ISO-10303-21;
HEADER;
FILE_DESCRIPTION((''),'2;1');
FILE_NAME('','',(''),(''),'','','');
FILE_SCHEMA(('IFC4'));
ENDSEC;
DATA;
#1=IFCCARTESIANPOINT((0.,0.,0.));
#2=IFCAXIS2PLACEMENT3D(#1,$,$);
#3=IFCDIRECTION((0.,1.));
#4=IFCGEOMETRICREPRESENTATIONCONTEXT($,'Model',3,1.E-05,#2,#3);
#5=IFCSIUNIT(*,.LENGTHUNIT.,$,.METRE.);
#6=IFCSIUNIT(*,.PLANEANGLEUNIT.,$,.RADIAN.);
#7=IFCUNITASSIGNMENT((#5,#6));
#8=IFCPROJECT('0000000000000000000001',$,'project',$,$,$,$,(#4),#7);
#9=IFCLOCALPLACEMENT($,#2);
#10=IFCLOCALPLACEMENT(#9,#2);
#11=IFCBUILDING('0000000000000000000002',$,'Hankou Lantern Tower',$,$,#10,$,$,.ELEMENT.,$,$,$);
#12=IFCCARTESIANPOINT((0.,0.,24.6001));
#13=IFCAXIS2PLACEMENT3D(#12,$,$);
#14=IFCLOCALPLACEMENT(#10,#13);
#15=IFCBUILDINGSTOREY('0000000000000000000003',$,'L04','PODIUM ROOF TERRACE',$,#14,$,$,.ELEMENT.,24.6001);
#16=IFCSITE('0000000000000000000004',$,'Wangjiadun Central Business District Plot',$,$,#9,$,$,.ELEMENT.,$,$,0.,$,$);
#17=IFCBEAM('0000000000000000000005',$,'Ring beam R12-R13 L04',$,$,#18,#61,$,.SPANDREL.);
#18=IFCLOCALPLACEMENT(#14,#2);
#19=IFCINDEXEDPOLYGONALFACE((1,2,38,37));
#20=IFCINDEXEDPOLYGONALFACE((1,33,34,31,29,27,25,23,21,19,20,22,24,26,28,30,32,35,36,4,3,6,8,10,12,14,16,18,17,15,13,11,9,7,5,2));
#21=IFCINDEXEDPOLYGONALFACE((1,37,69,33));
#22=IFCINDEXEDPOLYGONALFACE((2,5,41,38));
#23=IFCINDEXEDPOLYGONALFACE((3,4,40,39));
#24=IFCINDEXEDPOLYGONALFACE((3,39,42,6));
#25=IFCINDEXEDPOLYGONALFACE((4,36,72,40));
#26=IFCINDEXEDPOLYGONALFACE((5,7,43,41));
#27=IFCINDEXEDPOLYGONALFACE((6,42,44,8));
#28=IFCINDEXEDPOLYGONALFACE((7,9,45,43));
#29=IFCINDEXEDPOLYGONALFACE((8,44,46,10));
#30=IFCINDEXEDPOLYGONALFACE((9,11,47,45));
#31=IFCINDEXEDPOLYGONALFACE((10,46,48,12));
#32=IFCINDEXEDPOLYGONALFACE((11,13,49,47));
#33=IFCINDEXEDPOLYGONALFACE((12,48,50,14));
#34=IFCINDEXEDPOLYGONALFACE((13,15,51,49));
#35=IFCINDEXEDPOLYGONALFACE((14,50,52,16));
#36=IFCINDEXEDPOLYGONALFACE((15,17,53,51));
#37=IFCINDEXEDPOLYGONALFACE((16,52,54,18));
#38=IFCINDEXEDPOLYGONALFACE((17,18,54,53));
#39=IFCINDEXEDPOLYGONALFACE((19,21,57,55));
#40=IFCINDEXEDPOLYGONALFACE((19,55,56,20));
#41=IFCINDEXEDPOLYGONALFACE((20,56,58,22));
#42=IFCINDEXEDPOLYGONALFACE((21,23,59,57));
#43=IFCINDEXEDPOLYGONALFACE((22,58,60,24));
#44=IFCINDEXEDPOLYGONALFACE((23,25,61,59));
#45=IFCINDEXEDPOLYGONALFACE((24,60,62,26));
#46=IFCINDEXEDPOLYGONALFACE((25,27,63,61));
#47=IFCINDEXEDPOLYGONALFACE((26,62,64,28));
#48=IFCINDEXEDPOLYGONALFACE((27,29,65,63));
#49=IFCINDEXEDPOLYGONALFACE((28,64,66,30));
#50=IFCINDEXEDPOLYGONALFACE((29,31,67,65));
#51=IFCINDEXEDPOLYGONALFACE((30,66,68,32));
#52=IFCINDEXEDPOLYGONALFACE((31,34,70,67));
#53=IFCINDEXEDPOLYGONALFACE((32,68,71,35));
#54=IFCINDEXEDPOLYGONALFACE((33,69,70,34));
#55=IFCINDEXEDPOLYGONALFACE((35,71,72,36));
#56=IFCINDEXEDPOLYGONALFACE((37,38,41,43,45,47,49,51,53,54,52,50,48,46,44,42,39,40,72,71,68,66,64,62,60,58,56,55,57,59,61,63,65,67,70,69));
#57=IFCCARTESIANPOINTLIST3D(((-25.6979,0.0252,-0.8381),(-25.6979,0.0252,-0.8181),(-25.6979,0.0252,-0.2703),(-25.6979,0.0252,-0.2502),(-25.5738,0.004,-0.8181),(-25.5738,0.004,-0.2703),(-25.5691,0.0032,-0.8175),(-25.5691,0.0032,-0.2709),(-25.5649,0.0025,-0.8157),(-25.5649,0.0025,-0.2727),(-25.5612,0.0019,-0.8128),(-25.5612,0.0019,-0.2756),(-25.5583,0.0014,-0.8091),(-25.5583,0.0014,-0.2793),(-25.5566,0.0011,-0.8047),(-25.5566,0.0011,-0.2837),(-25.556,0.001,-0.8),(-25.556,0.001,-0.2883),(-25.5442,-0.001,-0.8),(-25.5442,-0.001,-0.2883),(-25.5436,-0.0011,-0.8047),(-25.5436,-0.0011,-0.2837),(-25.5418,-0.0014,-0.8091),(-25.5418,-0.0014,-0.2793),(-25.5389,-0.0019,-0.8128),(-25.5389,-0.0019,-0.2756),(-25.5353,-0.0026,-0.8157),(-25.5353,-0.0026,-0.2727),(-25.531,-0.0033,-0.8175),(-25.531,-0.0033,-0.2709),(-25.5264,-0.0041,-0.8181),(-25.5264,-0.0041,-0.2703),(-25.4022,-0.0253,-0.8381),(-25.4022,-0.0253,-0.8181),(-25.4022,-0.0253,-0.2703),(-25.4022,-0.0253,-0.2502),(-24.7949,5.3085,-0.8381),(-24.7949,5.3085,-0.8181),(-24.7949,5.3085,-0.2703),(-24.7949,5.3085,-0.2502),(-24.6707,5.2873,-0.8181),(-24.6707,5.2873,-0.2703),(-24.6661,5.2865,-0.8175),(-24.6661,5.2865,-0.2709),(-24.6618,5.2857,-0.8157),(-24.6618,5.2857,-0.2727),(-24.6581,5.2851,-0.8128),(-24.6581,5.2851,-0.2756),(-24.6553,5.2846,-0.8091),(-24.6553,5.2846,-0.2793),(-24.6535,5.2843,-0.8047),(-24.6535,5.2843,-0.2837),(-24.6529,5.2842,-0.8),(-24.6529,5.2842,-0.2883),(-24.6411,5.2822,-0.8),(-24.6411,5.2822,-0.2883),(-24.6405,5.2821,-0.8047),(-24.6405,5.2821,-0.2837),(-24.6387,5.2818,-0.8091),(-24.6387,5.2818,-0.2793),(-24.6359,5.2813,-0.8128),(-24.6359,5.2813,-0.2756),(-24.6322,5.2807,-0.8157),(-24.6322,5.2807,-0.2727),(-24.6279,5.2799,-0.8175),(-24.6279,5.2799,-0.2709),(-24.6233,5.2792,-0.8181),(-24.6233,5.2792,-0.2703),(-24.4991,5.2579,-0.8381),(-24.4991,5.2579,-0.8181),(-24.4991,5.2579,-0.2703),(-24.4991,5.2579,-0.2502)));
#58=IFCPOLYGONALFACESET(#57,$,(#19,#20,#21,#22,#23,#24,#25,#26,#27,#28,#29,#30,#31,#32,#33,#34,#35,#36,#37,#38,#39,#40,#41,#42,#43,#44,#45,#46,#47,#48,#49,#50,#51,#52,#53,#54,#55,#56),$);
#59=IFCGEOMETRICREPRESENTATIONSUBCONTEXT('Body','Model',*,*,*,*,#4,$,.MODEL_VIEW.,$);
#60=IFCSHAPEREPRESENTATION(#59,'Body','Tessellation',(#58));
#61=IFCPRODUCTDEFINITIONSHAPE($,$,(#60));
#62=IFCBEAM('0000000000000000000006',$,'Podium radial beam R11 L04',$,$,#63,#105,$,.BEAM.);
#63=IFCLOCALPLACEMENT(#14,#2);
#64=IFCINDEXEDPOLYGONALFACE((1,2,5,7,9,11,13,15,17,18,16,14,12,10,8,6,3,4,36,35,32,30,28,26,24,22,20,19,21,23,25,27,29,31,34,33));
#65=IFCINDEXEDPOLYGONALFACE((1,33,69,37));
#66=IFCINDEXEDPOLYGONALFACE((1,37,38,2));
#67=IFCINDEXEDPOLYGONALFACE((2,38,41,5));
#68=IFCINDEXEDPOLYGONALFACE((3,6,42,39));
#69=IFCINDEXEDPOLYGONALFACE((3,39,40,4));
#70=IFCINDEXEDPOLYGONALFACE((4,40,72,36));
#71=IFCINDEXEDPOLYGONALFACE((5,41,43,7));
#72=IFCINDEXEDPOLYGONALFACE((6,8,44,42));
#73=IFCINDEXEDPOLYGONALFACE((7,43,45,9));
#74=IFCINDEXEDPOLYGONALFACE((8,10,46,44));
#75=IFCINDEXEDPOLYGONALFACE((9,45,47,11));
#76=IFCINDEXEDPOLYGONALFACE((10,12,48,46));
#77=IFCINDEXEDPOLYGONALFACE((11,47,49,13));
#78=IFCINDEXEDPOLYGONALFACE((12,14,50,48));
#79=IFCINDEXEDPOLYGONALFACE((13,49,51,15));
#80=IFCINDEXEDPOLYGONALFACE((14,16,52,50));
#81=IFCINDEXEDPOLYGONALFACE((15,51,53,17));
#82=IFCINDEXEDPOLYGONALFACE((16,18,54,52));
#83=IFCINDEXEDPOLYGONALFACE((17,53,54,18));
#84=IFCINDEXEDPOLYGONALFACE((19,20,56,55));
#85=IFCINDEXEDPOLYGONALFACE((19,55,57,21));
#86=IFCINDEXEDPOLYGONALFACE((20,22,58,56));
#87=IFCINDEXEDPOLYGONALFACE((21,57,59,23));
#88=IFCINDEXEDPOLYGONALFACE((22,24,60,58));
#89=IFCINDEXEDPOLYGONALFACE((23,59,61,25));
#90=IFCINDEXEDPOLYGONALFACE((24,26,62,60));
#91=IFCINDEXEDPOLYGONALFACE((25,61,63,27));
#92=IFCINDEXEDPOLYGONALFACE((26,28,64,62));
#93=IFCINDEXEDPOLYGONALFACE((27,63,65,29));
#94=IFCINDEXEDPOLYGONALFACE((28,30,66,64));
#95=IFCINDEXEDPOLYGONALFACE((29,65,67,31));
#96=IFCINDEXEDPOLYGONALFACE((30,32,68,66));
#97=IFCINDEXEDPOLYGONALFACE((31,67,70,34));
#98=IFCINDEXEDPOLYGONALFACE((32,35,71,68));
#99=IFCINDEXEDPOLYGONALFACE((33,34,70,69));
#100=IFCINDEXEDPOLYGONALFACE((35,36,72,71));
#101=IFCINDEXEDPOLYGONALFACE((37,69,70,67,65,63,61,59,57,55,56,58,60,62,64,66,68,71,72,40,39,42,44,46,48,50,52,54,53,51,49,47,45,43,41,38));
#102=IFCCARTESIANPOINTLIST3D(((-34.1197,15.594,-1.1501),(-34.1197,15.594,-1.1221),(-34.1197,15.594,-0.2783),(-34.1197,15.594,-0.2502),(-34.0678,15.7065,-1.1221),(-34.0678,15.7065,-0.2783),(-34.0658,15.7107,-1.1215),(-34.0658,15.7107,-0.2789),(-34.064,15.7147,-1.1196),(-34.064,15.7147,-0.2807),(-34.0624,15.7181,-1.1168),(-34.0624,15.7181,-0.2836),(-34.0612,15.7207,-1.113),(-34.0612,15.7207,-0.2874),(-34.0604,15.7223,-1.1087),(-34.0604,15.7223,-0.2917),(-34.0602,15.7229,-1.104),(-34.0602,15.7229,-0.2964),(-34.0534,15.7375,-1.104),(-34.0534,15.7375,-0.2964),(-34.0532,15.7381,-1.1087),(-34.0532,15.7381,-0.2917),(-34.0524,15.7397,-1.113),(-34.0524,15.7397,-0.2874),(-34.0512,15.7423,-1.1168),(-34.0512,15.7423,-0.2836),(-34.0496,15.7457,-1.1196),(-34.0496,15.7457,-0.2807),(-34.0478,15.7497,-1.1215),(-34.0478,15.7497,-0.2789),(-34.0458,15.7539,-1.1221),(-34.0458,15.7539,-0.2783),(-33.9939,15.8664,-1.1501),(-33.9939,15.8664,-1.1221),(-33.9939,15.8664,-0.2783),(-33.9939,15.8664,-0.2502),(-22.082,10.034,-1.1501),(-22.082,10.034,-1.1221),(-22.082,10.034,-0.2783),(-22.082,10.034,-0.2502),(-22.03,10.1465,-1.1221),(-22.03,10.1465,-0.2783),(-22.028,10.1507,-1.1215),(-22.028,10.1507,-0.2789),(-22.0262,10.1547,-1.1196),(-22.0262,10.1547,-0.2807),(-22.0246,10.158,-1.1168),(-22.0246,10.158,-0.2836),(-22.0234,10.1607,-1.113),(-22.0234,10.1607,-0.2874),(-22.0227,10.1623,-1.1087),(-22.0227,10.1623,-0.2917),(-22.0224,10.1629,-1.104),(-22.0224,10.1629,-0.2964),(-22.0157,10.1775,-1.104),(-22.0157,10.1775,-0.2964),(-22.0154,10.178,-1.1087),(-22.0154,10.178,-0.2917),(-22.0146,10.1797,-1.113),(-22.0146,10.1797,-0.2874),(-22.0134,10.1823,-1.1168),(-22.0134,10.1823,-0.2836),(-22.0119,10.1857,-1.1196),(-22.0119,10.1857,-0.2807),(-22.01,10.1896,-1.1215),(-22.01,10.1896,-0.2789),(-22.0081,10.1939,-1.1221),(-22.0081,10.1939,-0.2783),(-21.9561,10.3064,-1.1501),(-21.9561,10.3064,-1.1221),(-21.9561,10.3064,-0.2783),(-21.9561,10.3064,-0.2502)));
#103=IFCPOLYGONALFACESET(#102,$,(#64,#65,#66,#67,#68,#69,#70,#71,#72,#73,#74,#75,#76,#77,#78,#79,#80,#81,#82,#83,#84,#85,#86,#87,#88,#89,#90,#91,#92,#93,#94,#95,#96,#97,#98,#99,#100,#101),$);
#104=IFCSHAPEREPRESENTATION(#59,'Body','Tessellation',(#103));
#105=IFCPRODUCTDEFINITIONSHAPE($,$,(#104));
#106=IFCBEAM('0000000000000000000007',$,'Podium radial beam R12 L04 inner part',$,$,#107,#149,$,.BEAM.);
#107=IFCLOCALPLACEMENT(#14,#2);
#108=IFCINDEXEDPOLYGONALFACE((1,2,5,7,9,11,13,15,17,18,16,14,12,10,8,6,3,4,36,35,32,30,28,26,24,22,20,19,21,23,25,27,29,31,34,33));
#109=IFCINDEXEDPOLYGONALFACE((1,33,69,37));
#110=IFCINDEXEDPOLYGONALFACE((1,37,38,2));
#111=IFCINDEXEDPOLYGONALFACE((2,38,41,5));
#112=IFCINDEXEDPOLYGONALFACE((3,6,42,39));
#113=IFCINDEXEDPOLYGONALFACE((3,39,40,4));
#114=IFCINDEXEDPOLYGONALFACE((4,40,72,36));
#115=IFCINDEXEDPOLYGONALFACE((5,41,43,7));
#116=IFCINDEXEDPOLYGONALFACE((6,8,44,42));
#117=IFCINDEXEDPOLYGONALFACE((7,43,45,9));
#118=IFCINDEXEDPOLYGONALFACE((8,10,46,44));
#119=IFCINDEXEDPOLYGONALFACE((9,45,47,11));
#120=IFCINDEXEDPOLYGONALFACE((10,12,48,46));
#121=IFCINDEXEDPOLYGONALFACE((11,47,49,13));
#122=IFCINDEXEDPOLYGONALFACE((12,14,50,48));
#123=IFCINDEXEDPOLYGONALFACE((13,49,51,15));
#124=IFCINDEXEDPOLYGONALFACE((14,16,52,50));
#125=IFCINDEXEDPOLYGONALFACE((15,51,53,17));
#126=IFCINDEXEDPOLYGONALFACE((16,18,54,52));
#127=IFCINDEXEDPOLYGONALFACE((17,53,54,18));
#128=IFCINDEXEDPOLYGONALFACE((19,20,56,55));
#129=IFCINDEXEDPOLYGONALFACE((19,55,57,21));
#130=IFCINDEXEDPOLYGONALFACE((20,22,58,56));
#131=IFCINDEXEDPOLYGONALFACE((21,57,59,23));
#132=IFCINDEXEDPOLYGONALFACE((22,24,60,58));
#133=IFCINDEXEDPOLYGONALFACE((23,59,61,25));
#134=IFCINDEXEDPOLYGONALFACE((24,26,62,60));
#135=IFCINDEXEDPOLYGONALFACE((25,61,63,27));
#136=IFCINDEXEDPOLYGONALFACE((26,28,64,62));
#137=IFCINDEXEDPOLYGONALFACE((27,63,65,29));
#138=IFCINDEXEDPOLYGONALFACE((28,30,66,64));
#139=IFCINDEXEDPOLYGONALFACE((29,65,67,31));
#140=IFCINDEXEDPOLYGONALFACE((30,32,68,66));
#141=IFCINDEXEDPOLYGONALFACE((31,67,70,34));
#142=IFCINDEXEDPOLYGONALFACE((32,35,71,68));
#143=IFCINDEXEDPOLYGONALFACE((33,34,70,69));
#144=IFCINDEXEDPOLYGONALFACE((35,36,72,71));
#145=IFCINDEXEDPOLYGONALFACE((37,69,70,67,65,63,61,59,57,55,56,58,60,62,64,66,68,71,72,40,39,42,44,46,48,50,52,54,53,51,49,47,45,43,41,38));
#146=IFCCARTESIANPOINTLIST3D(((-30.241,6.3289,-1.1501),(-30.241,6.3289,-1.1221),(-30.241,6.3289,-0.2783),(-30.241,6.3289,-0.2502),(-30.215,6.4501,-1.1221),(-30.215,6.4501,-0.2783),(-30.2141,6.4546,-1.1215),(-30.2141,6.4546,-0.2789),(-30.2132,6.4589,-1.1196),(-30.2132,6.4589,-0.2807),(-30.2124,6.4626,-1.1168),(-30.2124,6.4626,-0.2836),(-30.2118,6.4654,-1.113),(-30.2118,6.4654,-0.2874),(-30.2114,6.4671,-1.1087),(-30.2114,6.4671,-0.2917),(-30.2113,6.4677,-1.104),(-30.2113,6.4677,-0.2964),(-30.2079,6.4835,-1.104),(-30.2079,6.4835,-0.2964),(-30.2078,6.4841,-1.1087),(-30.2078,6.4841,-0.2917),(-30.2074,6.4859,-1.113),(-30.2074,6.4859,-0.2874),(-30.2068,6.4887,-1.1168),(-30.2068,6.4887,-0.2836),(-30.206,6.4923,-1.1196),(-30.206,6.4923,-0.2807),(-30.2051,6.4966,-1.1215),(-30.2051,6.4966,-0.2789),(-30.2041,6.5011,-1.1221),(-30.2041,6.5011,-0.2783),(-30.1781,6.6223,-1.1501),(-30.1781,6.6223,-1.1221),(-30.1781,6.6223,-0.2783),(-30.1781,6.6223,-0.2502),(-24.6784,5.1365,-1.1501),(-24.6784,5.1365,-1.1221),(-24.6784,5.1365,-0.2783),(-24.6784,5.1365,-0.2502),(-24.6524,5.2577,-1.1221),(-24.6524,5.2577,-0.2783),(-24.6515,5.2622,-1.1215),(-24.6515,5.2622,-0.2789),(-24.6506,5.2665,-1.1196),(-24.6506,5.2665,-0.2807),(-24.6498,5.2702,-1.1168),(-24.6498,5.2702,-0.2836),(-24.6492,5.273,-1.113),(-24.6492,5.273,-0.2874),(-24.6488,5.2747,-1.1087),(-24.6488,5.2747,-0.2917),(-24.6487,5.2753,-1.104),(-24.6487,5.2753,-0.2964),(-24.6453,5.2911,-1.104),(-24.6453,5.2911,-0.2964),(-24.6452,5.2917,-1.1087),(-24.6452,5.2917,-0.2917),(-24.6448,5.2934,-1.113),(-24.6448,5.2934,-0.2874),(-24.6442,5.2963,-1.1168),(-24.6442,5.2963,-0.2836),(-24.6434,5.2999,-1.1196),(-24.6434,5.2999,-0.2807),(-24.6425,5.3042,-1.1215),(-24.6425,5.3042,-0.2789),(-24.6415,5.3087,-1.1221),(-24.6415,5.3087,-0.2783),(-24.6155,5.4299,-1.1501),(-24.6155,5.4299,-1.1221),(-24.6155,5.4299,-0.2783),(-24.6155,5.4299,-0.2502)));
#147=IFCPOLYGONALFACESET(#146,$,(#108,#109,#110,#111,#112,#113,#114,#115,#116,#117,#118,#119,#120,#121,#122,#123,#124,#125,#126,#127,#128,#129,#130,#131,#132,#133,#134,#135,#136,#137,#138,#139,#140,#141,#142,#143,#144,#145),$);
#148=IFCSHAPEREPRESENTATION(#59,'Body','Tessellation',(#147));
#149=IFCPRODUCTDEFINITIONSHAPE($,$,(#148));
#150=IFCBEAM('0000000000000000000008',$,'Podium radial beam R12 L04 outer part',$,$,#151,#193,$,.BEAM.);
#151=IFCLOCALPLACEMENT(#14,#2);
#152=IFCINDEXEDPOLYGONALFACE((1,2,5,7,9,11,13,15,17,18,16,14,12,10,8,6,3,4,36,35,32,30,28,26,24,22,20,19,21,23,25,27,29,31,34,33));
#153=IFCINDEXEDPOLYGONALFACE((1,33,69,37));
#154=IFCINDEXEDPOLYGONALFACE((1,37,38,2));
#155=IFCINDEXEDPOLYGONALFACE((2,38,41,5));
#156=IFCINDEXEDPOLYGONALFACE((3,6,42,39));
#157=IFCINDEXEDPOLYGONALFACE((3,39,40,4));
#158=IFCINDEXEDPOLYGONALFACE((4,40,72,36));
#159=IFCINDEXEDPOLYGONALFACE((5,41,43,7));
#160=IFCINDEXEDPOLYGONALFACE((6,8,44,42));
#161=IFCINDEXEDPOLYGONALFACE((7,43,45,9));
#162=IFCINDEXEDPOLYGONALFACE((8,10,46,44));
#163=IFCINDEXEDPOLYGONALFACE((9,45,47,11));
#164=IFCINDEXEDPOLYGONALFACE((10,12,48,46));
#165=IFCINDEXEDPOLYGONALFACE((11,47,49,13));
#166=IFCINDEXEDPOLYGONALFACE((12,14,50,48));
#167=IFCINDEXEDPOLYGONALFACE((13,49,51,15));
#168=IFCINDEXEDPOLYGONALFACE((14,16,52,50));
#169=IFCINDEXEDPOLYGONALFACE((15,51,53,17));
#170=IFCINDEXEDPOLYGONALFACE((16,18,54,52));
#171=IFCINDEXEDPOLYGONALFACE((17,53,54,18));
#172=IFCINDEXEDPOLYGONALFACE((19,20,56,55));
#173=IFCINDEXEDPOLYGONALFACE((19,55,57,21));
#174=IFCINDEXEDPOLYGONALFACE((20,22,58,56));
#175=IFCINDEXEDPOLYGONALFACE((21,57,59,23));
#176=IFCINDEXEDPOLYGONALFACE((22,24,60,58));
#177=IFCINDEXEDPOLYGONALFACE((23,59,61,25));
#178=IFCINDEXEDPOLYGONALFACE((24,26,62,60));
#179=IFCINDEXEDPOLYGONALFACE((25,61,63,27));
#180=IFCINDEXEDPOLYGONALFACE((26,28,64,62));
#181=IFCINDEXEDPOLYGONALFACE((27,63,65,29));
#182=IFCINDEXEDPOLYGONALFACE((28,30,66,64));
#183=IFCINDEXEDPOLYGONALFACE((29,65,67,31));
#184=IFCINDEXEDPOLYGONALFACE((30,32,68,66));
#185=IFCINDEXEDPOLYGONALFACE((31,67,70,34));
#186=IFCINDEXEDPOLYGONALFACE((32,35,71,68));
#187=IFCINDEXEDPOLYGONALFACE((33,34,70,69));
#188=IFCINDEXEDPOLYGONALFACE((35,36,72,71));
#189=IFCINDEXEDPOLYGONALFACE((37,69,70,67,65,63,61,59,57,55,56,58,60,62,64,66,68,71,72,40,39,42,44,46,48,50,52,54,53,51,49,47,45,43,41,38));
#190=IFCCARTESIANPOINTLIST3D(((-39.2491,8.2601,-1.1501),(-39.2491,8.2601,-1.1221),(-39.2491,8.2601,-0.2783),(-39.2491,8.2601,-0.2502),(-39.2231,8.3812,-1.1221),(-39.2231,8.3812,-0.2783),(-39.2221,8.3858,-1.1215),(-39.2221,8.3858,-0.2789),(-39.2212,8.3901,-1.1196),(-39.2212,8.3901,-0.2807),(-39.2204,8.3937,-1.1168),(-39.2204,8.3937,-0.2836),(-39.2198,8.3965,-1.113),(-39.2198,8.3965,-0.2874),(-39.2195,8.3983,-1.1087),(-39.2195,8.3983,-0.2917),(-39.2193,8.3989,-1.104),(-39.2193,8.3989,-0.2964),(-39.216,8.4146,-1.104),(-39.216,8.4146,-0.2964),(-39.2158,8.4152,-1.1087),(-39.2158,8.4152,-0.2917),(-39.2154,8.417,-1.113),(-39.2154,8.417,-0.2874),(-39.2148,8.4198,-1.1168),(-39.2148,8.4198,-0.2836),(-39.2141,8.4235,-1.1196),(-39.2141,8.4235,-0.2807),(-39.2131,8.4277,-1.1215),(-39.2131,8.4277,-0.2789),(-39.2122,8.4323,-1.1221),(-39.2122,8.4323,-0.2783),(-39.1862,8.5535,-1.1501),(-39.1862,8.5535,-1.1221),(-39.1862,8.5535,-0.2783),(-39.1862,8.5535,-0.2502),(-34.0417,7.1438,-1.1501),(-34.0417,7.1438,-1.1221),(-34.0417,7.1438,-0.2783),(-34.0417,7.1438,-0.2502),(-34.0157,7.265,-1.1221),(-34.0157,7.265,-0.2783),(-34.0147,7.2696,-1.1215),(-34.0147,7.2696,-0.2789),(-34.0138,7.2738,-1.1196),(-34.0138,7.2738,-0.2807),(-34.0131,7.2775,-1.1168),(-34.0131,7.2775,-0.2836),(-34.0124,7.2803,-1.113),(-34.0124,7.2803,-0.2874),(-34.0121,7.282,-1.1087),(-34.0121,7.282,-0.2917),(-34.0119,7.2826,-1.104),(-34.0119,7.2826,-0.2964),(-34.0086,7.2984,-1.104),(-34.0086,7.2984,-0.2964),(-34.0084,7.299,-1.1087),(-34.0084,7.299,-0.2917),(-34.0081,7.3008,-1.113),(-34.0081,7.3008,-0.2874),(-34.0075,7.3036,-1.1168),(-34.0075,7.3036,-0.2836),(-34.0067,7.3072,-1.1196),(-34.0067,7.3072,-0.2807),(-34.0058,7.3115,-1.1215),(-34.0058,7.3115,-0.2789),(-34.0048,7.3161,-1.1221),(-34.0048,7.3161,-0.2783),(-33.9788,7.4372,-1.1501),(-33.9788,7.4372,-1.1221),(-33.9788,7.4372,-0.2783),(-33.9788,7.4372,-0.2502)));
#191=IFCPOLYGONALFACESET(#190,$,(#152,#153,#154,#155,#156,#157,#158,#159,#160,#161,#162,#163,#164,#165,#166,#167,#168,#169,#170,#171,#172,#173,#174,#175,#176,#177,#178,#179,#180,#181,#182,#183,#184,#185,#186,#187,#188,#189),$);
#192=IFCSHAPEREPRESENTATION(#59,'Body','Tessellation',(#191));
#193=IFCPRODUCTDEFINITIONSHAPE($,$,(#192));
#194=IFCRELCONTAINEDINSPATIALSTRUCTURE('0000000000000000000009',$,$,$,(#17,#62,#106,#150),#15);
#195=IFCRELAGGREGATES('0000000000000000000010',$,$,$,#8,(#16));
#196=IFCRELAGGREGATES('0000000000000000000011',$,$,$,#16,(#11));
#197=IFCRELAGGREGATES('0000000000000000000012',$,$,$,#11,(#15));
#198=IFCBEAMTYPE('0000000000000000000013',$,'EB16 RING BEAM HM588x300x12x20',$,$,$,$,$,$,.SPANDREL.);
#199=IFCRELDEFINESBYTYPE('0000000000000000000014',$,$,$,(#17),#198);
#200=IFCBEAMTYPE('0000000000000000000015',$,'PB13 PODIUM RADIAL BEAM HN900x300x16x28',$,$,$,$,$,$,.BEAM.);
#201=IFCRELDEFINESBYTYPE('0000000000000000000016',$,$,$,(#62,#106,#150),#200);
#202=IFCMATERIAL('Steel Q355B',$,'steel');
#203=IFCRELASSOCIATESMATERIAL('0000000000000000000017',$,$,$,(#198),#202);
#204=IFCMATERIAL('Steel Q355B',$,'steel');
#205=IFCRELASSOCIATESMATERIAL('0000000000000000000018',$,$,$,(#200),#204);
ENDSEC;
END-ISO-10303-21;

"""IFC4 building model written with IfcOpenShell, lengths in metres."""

from ifc_helpers import new_model, si_unit, direction, frame, origin, origin_2d, place, context, subcontext, project, spatial, i_section, extrude, material, material_profile, profile_set, type_object, element, save


model = new_model("IFC4")

# Units and contexts
model_context = context("Model", 3, precision=1e-05, world=origin(), true_north=direction((0.0, 1.0)))
body_context = subcontext(model_context, "Body", "Model", "MODEL_VIEW")
ifc_project = project(units=[si_unit("LENGTHUNIT", "METRE"), si_unit("PLANEANGLEUNIT", "RADIAN")], contexts=[model_context])

# Site, building, storey
site_placement = place(None, origin())
site = spatial("IfcSite", under=ifc_project, at=site_placement, Name="Wangjiadun Central Business District Plot", CompositionType="ELEMENT", RefElevation=0.0)
building_placement = place(site_placement, origin())
building = spatial("IfcBuilding", under=site, at=building_placement, Name="Hankou Lantern Tower", CompositionType="ELEMENT")
storey_placement = place(building_placement, frame((0.0, 0.0, 24.6001)))
storey = spatial("IfcBuildingStorey", under=building, at=storey_placement, Name="L04", Description="PODIUM ROOF TERRACE", CompositionType="ELEMENT", Elevation=24.6001)

# Beams
ifc_material_1 = material(Name="Steel Q355B", Category="steel")
ifc_material_profile_1 = material_profile(ifc_material_1, i_section(OverallWidth=0.3, OverallDepth=0.5879, WebThickness=0.012, FlangeThickness=0.02, FilletRadius=0.0181, at=origin_2d()), Name="HM588x300x12x20")
ifc_profile_set_1 = profile_set([ifc_material_profile_1], Name="Steel Q355B")
beam_type_1 = type_object("IfcBeamType", Name="EB16 RING BEAM HM588x300x12x20", PredefinedType="SPANDREL", material=ifc_profile_set_1)
beam_1_placement = place(storey_placement, frame((-24.647, 5.2832, -0.5442), z_axis=(-0.16849, -0.985703, 0.0), x_axis=(0.985703, -0.16849, 0.0)))
element("IfcBeam", 1, at=beam_1_placement, inside=storey, type_object=beam_type_1, Name="Ring beam R12-R13 L04", PredefinedType="SPANDREL", context=body_context, shape_type="SweptSolid", body=[
    extrude(i_section(OverallWidth=0.3, OverallDepth=0.5879, WebThickness=0.012, FlangeThickness=0.02, FilletRadius=0.0181, at=origin_2d()), origin(), (0.0, 0.0, 1.0), 5.3599),
])
ifc_material_2 = material(Name="Steel Q355B", Category="steel")
ifc_material_profile_2 = material_profile(ifc_material_2, i_section(OverallWidth=0.3, OverallDepth=0.8999, WebThickness=0.0161, FlangeThickness=0.0281, FilletRadius=0.0181, at=origin_2d()), Name="HN900x300x16x28")
ifc_profile_set_2 = profile_set([ifc_material_profile_2], Name="Steel Q355B")
beam_type_2 = type_object("IfcBeamType", Name="PB13 PODIUM RADIAL BEAM HN900x300x16x28", PredefinedType="BEAM", material=ifc_profile_set_2)
beam_2_placement = place(storey_placement, frame((-22.019, 10.1702, -0.7002), z_axis=(-0.907841, 0.419315, 0.0), x_axis=(-0.419315, -0.907841, 0.0)))
element("IfcBeam", 2, at=beam_2_placement, inside=storey, type_object=beam_type_2, Name="Podium radial beam R11 L04", PredefinedType="BEAM", context=body_context, shape_type="SweptSolid", body=[
    extrude(i_section(OverallWidth=0.3, OverallDepth=0.8999, WebThickness=0.0161, FlangeThickness=0.0281, FilletRadius=0.0181, at=origin_2d()), origin(), (0.0, 0.0, 1.0), 13.2598),
])
beam_3_placement = place(storey_placement, frame((-24.647, 5.2832, -0.7002), z_axis=(-0.977787, 0.209599, 0.0), x_axis=(-0.209599, -0.977787, 0.0)))
element("IfcBeam", 3, at=beam_3_placement, inside=storey, type_object=beam_type_2, Name="Podium radial beam R12 L04 inner part", PredefinedType="BEAM", context=body_context, shape_type="SweptSolid", body=[
    extrude(i_section(OverallWidth=0.3, OverallDepth=0.8999, WebThickness=0.0161, FlangeThickness=0.0281, FilletRadius=0.0181, at=origin_2d()), origin(), (0.0, 0.0, 1.0), 5.689),
])
beam_4_placement = place(storey_placement, frame((-34.0103, 7.2905, -0.7002), z_axis=(-0.977788, 0.209595, 0.0), x_axis=(-0.209595, -0.977788, 0.0)))
element("IfcBeam", 4, at=beam_4_placement, inside=storey, type_object=beam_type_2, Name="Podium radial beam R12 L04 outer part", PredefinedType="BEAM", context=body_context, shape_type="SweptSolid", body=[
    extrude(i_section(OverallWidth=0.3, OverallDepth=0.8999, WebThickness=0.0161, FlangeThickness=0.0281, FilletRadius=0.0181, at=origin_2d()), origin(), (0.0, 0.0, 1.0), 5.3257),
])

save(model, "model.ifc")
